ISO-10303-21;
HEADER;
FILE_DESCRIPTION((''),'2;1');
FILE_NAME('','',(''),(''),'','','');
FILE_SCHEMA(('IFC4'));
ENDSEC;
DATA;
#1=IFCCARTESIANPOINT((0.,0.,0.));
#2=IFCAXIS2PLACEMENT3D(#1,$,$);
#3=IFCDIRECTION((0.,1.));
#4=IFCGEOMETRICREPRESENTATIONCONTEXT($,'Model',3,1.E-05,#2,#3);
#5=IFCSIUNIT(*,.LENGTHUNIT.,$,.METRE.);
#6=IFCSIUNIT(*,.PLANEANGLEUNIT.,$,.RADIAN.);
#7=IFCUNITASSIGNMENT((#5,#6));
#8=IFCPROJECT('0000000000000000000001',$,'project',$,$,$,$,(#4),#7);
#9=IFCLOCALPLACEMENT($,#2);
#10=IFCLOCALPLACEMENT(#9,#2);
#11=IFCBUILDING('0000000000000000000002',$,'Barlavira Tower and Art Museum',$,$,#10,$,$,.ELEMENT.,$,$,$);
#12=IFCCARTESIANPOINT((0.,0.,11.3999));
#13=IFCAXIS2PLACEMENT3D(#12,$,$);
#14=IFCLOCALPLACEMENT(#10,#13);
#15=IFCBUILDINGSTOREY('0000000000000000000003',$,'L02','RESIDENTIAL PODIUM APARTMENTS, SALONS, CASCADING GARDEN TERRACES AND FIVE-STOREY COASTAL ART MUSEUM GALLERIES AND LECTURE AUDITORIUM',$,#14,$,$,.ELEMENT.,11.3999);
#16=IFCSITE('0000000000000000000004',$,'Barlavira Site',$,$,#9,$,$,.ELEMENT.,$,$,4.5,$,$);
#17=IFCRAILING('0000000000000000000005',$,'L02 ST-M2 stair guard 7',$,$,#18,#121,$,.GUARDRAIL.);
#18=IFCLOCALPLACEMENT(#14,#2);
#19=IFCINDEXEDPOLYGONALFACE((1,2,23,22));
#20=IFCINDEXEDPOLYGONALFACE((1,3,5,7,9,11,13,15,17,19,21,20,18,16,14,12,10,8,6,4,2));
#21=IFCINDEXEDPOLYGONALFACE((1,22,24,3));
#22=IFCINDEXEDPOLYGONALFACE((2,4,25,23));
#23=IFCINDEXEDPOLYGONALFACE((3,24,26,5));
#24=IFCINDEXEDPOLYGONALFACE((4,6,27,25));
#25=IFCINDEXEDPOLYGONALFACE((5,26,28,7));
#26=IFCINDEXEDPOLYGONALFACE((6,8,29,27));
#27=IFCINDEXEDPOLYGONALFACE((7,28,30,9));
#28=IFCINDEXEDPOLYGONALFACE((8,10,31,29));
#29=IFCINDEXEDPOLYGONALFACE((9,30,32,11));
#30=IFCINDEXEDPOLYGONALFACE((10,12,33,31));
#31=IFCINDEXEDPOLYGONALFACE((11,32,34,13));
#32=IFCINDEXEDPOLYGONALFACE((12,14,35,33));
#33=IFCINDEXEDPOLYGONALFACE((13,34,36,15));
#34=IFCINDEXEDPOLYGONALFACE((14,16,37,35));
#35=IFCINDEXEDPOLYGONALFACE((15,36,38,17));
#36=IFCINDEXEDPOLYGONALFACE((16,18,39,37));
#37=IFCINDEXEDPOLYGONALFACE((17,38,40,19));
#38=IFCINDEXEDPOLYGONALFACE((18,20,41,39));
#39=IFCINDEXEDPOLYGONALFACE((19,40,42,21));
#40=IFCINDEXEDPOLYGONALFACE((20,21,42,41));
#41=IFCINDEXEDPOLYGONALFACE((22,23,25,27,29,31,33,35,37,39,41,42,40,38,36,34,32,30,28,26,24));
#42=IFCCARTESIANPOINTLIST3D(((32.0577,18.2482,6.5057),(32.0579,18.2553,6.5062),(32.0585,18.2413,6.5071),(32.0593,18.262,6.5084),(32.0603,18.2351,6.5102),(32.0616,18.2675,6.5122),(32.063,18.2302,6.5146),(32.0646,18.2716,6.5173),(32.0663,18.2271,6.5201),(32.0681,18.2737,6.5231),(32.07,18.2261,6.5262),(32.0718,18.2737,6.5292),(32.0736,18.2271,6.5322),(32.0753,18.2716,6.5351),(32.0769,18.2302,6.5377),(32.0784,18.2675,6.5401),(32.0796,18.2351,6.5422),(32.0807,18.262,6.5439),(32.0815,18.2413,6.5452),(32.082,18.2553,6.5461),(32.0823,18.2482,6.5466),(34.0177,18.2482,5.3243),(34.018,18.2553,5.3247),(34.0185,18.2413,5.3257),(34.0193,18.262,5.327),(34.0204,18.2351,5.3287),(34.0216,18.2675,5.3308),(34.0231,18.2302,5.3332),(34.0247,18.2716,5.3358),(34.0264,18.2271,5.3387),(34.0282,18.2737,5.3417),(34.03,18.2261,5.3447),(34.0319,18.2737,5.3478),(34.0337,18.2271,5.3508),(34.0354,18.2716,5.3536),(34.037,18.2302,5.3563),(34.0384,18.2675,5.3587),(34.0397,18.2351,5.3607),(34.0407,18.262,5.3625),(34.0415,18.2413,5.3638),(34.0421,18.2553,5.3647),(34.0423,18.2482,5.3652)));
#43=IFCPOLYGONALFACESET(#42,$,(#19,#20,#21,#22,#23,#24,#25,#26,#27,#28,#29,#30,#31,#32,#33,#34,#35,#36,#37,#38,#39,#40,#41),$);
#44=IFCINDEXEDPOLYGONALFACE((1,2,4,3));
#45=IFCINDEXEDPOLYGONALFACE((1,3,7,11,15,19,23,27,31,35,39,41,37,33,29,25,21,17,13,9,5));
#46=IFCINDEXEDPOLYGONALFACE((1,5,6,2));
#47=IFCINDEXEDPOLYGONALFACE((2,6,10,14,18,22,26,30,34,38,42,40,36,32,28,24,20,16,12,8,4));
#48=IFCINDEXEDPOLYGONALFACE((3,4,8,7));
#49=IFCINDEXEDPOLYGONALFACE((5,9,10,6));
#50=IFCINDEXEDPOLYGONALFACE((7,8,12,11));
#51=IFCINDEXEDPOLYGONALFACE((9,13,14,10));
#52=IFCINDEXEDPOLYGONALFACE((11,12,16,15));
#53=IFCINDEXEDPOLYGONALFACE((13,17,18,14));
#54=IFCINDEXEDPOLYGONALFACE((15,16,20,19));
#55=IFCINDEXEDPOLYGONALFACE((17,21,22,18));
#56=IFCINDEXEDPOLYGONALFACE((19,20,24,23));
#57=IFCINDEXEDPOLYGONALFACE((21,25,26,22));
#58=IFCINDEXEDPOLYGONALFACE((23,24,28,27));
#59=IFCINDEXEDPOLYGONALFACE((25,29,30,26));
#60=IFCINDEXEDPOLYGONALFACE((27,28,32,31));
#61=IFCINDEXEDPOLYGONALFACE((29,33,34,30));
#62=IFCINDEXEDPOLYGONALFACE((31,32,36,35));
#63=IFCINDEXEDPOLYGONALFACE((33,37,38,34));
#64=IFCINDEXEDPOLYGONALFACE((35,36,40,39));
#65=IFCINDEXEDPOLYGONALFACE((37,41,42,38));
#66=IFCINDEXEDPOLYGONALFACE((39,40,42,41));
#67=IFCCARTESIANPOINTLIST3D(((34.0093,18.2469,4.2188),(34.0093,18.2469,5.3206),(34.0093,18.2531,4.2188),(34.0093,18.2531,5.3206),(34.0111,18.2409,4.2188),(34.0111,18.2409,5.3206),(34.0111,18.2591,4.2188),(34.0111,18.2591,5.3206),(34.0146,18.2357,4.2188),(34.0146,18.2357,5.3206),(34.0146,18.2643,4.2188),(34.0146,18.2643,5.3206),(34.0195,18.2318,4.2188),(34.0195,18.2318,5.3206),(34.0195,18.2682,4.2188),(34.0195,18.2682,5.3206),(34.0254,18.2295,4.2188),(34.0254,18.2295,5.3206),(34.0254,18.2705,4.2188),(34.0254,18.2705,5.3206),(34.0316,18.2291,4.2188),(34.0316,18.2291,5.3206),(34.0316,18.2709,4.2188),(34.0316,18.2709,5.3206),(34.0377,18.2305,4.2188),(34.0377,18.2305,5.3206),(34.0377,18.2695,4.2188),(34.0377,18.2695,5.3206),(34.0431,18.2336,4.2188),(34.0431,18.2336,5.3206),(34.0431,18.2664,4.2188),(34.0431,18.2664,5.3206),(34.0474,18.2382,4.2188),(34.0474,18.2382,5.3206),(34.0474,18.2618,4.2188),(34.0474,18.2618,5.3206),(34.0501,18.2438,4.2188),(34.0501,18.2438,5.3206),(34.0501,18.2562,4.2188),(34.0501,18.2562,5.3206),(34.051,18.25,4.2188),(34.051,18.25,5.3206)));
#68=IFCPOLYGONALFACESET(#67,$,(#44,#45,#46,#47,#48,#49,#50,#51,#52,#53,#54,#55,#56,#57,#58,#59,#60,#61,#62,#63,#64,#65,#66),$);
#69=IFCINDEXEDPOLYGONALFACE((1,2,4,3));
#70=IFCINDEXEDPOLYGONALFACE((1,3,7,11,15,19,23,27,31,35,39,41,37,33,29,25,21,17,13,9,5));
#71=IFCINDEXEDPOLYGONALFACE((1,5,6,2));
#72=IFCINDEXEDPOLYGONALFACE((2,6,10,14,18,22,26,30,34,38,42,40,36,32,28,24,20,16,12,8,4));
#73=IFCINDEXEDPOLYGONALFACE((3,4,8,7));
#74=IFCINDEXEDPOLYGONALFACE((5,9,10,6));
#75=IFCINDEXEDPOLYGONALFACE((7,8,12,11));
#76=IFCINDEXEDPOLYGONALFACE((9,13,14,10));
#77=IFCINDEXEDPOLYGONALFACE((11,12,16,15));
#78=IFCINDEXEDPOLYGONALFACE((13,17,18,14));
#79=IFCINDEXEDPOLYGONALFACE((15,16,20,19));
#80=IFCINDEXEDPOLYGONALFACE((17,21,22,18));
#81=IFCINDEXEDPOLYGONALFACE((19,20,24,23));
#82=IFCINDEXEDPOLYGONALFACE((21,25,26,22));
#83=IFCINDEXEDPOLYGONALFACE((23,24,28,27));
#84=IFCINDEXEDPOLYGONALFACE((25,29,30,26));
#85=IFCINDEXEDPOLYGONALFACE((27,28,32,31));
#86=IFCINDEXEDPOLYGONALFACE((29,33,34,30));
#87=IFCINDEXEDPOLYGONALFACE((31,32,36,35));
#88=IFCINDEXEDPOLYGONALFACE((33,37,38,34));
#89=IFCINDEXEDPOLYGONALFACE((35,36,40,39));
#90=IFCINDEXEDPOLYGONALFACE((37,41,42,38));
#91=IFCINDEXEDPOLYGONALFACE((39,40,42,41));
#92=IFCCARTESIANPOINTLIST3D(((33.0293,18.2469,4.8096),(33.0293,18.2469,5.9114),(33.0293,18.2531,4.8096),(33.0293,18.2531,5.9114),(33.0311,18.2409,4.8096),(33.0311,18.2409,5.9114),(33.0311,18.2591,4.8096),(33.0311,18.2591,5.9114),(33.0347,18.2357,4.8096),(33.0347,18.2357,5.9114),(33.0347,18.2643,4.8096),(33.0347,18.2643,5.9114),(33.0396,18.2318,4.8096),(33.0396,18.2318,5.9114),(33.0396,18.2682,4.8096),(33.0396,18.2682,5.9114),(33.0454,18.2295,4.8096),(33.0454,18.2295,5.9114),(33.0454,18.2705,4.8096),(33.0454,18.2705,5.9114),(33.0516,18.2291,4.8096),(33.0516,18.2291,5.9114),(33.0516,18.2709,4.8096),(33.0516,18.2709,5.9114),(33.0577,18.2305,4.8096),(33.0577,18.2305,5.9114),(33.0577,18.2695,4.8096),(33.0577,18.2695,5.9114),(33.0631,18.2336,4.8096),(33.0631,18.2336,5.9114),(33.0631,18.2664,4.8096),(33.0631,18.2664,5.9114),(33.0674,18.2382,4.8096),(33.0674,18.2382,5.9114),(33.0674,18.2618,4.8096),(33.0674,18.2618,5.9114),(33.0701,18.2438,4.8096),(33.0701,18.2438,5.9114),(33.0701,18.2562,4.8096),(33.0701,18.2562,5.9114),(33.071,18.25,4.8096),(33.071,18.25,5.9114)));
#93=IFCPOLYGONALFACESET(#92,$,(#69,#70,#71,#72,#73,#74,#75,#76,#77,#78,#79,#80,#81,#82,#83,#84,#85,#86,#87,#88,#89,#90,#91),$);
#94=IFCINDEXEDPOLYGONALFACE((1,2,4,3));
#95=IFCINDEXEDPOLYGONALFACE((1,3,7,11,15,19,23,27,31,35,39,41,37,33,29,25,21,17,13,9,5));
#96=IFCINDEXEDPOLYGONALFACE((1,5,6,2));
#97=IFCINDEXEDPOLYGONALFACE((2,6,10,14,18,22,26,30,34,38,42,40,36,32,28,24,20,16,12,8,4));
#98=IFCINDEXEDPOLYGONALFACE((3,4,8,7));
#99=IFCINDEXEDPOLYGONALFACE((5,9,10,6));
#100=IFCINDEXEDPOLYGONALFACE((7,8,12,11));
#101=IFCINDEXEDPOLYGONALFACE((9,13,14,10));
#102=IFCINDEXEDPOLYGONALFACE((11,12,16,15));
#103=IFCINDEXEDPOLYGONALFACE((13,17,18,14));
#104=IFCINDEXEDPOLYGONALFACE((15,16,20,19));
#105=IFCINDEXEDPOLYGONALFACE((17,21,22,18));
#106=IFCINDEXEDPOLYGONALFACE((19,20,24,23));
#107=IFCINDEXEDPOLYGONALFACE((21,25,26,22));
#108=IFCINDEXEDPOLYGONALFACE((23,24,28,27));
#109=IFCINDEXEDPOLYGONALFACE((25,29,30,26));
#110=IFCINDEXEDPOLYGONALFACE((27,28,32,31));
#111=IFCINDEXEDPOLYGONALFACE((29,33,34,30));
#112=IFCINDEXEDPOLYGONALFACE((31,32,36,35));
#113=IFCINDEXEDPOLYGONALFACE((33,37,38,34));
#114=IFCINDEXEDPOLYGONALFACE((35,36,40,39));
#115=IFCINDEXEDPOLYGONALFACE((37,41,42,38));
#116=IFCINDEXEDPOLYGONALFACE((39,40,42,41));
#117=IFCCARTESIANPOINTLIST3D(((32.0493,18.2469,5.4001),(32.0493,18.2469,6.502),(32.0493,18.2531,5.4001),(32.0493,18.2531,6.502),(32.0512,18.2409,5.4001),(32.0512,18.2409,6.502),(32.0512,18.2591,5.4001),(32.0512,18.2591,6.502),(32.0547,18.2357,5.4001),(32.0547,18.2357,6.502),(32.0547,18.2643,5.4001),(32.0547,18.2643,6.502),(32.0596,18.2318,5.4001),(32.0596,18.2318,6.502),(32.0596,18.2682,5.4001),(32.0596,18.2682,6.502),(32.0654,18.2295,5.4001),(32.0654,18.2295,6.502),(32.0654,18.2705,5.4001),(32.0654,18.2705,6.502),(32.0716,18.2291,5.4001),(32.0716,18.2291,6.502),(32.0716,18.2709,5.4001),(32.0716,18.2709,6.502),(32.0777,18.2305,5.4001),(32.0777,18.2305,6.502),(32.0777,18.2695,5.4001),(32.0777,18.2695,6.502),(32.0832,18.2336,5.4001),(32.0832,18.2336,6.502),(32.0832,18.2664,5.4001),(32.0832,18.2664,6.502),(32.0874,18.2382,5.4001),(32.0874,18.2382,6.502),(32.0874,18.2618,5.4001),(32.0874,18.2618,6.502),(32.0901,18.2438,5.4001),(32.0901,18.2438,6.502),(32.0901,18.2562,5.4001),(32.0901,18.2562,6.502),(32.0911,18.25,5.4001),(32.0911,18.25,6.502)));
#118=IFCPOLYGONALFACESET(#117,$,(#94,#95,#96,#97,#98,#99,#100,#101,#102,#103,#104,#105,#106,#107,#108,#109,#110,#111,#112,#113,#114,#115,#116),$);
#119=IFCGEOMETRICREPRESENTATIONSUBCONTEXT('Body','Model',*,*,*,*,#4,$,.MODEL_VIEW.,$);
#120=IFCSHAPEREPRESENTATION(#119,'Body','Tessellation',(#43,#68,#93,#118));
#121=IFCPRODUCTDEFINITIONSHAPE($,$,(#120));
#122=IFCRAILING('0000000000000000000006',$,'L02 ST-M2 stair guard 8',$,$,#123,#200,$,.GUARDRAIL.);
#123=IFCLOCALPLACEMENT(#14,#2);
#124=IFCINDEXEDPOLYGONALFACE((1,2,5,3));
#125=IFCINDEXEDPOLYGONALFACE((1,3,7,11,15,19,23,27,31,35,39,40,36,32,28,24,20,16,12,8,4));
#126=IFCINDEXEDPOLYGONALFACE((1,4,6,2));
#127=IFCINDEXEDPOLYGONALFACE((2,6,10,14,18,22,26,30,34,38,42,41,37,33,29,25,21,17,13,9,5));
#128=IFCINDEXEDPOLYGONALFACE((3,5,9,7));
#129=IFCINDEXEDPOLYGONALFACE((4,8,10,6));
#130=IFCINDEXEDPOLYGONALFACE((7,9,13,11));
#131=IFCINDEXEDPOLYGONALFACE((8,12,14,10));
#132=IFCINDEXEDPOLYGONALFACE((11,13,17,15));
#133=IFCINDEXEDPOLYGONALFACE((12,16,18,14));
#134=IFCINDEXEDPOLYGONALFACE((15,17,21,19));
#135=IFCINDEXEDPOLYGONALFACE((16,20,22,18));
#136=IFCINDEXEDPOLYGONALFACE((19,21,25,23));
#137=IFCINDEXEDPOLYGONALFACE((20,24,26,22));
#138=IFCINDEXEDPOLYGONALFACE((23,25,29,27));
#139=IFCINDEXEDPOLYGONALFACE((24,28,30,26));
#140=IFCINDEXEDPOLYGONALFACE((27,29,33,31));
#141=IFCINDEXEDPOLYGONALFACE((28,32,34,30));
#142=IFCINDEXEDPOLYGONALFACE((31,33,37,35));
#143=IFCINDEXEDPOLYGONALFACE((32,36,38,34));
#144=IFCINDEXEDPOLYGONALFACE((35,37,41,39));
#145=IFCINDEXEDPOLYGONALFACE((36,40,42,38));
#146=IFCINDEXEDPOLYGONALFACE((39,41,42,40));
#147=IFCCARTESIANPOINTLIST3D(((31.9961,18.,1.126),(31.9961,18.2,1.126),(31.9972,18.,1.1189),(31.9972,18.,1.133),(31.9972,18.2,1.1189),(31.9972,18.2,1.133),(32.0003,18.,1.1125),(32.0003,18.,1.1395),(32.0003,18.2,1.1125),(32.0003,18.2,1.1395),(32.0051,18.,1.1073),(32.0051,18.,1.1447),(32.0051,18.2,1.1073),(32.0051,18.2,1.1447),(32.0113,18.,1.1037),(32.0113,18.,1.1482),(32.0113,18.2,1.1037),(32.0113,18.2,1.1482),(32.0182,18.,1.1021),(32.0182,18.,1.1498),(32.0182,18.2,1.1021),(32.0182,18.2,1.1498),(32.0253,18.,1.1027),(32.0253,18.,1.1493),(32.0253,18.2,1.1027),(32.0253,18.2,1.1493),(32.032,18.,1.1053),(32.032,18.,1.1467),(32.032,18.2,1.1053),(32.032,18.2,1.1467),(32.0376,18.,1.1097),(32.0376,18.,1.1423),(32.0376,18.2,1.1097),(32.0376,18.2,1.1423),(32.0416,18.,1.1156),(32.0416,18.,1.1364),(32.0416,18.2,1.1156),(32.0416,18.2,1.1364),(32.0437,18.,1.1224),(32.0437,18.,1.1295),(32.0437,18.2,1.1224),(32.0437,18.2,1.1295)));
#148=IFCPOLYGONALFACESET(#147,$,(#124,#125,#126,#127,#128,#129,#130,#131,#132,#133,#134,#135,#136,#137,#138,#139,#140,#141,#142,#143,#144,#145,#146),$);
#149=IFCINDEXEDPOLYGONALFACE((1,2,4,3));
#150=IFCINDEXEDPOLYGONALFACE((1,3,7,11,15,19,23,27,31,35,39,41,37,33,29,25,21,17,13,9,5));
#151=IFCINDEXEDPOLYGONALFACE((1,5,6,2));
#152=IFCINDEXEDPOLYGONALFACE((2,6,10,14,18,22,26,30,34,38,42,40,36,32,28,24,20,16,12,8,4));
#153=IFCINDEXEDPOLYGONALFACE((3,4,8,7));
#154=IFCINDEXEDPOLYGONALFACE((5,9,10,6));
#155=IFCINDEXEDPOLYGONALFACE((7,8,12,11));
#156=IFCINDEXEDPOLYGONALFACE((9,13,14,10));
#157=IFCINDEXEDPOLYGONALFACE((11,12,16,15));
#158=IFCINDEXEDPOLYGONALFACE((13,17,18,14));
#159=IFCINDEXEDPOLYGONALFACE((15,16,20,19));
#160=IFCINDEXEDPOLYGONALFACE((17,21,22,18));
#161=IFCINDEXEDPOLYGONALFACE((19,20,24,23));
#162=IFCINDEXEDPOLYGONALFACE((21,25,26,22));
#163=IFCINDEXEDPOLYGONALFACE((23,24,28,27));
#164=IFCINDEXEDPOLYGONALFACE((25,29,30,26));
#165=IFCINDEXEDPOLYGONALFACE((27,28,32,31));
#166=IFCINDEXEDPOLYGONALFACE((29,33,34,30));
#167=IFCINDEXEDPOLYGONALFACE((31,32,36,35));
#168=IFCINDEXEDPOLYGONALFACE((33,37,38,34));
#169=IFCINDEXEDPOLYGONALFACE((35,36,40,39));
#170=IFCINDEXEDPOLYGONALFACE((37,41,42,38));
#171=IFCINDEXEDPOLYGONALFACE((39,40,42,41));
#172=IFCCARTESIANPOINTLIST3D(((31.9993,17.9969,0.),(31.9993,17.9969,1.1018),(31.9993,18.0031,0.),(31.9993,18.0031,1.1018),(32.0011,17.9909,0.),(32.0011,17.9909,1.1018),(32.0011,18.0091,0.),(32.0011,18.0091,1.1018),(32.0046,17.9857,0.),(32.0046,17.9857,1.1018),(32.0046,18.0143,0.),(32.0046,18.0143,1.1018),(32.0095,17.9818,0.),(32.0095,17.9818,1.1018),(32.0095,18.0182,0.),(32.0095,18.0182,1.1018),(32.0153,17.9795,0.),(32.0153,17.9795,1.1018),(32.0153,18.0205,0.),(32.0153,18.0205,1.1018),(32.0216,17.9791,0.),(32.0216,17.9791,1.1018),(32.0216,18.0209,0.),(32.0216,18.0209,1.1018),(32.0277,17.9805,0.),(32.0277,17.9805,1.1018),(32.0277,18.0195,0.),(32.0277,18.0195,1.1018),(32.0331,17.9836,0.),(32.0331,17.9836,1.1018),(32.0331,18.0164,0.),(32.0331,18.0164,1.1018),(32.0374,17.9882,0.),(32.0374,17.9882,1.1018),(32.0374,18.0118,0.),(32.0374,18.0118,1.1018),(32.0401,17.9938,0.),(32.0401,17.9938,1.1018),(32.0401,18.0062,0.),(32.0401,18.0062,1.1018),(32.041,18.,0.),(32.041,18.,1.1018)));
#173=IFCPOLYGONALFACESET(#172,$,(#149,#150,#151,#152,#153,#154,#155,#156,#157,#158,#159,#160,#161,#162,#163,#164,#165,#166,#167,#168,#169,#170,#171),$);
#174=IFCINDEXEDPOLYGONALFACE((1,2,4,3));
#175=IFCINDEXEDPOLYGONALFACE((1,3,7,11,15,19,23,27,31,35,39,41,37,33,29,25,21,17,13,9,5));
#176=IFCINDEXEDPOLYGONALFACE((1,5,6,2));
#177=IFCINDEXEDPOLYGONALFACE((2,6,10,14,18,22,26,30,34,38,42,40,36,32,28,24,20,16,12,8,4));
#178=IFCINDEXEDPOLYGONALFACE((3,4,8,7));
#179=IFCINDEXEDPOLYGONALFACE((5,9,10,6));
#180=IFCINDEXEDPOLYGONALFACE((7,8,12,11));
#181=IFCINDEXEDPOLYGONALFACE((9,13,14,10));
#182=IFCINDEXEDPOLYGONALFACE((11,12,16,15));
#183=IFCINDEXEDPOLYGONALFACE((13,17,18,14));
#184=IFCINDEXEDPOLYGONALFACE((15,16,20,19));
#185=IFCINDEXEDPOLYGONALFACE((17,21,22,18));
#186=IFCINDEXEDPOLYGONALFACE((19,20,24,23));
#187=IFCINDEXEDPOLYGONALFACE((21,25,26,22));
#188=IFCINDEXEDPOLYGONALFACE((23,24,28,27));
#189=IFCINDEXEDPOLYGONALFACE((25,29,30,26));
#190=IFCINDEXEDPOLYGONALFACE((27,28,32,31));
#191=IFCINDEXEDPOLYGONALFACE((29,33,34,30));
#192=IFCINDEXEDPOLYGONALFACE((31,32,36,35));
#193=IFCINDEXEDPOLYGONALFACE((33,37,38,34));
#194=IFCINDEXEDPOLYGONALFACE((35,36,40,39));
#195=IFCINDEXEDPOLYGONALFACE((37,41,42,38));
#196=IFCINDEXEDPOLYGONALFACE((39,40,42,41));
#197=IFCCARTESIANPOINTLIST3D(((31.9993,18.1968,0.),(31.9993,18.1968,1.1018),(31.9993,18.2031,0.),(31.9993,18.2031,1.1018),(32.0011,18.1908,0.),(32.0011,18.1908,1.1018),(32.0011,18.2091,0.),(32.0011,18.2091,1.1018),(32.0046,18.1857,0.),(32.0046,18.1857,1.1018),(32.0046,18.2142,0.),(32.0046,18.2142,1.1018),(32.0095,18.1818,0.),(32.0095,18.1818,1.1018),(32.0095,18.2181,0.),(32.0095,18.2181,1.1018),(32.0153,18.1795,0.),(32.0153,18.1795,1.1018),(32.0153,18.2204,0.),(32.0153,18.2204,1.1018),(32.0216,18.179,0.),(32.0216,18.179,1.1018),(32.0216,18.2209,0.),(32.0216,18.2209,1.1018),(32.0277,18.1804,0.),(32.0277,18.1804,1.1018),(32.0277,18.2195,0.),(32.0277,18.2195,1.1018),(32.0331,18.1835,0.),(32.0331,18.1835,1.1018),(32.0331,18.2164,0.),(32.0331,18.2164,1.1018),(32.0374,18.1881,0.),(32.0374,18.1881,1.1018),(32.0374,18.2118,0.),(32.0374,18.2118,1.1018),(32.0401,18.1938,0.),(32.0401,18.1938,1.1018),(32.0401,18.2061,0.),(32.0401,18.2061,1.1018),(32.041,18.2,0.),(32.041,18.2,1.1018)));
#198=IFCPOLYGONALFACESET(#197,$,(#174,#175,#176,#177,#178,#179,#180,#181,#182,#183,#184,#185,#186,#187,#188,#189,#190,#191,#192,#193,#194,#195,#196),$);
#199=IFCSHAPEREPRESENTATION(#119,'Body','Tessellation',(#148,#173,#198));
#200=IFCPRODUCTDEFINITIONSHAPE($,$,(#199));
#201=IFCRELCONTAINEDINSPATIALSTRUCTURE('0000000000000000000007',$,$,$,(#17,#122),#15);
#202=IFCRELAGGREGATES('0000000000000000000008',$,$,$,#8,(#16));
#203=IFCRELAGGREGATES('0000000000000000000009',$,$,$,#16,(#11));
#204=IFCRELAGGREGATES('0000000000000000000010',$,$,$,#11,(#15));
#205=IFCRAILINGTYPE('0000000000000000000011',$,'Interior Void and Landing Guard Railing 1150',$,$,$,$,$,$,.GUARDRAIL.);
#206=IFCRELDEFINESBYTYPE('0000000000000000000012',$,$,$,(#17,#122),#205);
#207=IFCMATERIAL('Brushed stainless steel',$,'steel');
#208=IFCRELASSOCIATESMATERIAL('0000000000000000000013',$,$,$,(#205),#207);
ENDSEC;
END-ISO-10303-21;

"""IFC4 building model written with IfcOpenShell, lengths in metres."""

from ifc_helpers import new_model, si_unit, direction, frame, origin, origin_2d, place, context, subcontext, project, spatial, circle, extrude, material, type_object, element, save


model = new_model("IFC4")

# Units and contexts
model_context = context("Model", 3, precision=1e-05, world=origin(), true_north=direction((0.0, 1.0)))
body_context = subcontext(model_context, "Body", "Model", "MODEL_VIEW")
ifc_project = project(units=[si_unit("LENGTHUNIT", "METRE"), si_unit("PLANEANGLEUNIT", "RADIAN")], contexts=[model_context])

# Site, building, storey
site_placement = place(None, origin())
site = spatial("IfcSite", under=ifc_project, at=site_placement, Name="Barlavira Site", CompositionType="ELEMENT", RefElevation=4.5)
building_placement = place(site_placement, origin())
building = spatial("IfcBuilding", under=site, at=building_placement, Name="Barlavira Tower and Art Museum", CompositionType="ELEMENT")
storey_placement = place(building_placement, frame((0.0, 0.0, 11.3999)))
storey = spatial("IfcBuildingStorey", under=building, at=storey_placement, Name="L02", Description="RESIDENTIAL PODIUM APARTMENTS, SALONS, CASCADING GARDEN TERRACES AND FIVE-STOREY COASTAL ART MUSEUM GALLERIES AND LECTURE AUDITORIUM", CompositionType="ELEMENT", Elevation=11.3999)

# Railings
ifc_material_1 = material(Name="Brushed stainless steel", Category="steel")
railing_type_1 = type_object("IfcRailingType", Name="Interior Void and Landing Guard Railing 1150", PredefinedType="GUARDRAIL", material=ifc_material_1)
railing_1_placement = place(storey_placement, frame((34.03, 18.25, 4.2188)))
element("IfcRailing", 1, at=railing_1_placement, inside=storey, type_object=railing_type_1, Name="L02 ST-M2 stair guard 7", PredefinedType="GUARDRAIL", context=body_context, shape_type="SweptSolid", body=[
    extrude(circle(Radius=0.0239, at=origin_2d()), frame((0.0, 0.0, 1.126), z_axis=(-0.856446, 0.0, 0.516236), x_axis=(0.0, -1.0, 0.0)), (0.0, 0.0, 1.0), 2.2886),
    extrude(circle(Radius=0.021, at=origin_2d()), origin(), (0.0, 0.0, 1.0), 1.1018),
    extrude(circle(Radius=0.021, at=origin_2d()), frame((-0.98, 0.0, 0.5908)), (0.0, 0.0, 1.0), 1.1018),
    extrude(circle(Radius=0.021, at=origin_2d()), frame((-1.96, 0.0, 1.1814)), (0.0, 0.0, 1.0), 1.1018),
])
railing_2_placement = place(storey_placement, frame((32.02, 18.0, 0.0)))
element("IfcRailing", 2, at=railing_2_placement, inside=storey, type_object=railing_type_1, Name="L02 ST-M2 stair guard 8", PredefinedType="GUARDRAIL", context=body_context, shape_type="SweptSolid", body=[
    extrude(circle(Radius=0.0239, at=origin_2d()), frame((0.0, 0.0, 1.126), z_axis=(0.0, 1.0, 0.0), x_axis=(-1.0, 0.0, 0.0)), (0.0, 0.0, 1.0), 0.2),
    extrude(circle(Radius=0.021, at=origin_2d()), origin(), (0.0, 0.0, 1.0), 1.1018),
    extrude(circle(Radius=0.021, at=origin_2d()), frame((0.0, 0.2, 0.0)), (0.0, 0.0, 1.0), 1.1018),
])

save(model, "model.ifc")
